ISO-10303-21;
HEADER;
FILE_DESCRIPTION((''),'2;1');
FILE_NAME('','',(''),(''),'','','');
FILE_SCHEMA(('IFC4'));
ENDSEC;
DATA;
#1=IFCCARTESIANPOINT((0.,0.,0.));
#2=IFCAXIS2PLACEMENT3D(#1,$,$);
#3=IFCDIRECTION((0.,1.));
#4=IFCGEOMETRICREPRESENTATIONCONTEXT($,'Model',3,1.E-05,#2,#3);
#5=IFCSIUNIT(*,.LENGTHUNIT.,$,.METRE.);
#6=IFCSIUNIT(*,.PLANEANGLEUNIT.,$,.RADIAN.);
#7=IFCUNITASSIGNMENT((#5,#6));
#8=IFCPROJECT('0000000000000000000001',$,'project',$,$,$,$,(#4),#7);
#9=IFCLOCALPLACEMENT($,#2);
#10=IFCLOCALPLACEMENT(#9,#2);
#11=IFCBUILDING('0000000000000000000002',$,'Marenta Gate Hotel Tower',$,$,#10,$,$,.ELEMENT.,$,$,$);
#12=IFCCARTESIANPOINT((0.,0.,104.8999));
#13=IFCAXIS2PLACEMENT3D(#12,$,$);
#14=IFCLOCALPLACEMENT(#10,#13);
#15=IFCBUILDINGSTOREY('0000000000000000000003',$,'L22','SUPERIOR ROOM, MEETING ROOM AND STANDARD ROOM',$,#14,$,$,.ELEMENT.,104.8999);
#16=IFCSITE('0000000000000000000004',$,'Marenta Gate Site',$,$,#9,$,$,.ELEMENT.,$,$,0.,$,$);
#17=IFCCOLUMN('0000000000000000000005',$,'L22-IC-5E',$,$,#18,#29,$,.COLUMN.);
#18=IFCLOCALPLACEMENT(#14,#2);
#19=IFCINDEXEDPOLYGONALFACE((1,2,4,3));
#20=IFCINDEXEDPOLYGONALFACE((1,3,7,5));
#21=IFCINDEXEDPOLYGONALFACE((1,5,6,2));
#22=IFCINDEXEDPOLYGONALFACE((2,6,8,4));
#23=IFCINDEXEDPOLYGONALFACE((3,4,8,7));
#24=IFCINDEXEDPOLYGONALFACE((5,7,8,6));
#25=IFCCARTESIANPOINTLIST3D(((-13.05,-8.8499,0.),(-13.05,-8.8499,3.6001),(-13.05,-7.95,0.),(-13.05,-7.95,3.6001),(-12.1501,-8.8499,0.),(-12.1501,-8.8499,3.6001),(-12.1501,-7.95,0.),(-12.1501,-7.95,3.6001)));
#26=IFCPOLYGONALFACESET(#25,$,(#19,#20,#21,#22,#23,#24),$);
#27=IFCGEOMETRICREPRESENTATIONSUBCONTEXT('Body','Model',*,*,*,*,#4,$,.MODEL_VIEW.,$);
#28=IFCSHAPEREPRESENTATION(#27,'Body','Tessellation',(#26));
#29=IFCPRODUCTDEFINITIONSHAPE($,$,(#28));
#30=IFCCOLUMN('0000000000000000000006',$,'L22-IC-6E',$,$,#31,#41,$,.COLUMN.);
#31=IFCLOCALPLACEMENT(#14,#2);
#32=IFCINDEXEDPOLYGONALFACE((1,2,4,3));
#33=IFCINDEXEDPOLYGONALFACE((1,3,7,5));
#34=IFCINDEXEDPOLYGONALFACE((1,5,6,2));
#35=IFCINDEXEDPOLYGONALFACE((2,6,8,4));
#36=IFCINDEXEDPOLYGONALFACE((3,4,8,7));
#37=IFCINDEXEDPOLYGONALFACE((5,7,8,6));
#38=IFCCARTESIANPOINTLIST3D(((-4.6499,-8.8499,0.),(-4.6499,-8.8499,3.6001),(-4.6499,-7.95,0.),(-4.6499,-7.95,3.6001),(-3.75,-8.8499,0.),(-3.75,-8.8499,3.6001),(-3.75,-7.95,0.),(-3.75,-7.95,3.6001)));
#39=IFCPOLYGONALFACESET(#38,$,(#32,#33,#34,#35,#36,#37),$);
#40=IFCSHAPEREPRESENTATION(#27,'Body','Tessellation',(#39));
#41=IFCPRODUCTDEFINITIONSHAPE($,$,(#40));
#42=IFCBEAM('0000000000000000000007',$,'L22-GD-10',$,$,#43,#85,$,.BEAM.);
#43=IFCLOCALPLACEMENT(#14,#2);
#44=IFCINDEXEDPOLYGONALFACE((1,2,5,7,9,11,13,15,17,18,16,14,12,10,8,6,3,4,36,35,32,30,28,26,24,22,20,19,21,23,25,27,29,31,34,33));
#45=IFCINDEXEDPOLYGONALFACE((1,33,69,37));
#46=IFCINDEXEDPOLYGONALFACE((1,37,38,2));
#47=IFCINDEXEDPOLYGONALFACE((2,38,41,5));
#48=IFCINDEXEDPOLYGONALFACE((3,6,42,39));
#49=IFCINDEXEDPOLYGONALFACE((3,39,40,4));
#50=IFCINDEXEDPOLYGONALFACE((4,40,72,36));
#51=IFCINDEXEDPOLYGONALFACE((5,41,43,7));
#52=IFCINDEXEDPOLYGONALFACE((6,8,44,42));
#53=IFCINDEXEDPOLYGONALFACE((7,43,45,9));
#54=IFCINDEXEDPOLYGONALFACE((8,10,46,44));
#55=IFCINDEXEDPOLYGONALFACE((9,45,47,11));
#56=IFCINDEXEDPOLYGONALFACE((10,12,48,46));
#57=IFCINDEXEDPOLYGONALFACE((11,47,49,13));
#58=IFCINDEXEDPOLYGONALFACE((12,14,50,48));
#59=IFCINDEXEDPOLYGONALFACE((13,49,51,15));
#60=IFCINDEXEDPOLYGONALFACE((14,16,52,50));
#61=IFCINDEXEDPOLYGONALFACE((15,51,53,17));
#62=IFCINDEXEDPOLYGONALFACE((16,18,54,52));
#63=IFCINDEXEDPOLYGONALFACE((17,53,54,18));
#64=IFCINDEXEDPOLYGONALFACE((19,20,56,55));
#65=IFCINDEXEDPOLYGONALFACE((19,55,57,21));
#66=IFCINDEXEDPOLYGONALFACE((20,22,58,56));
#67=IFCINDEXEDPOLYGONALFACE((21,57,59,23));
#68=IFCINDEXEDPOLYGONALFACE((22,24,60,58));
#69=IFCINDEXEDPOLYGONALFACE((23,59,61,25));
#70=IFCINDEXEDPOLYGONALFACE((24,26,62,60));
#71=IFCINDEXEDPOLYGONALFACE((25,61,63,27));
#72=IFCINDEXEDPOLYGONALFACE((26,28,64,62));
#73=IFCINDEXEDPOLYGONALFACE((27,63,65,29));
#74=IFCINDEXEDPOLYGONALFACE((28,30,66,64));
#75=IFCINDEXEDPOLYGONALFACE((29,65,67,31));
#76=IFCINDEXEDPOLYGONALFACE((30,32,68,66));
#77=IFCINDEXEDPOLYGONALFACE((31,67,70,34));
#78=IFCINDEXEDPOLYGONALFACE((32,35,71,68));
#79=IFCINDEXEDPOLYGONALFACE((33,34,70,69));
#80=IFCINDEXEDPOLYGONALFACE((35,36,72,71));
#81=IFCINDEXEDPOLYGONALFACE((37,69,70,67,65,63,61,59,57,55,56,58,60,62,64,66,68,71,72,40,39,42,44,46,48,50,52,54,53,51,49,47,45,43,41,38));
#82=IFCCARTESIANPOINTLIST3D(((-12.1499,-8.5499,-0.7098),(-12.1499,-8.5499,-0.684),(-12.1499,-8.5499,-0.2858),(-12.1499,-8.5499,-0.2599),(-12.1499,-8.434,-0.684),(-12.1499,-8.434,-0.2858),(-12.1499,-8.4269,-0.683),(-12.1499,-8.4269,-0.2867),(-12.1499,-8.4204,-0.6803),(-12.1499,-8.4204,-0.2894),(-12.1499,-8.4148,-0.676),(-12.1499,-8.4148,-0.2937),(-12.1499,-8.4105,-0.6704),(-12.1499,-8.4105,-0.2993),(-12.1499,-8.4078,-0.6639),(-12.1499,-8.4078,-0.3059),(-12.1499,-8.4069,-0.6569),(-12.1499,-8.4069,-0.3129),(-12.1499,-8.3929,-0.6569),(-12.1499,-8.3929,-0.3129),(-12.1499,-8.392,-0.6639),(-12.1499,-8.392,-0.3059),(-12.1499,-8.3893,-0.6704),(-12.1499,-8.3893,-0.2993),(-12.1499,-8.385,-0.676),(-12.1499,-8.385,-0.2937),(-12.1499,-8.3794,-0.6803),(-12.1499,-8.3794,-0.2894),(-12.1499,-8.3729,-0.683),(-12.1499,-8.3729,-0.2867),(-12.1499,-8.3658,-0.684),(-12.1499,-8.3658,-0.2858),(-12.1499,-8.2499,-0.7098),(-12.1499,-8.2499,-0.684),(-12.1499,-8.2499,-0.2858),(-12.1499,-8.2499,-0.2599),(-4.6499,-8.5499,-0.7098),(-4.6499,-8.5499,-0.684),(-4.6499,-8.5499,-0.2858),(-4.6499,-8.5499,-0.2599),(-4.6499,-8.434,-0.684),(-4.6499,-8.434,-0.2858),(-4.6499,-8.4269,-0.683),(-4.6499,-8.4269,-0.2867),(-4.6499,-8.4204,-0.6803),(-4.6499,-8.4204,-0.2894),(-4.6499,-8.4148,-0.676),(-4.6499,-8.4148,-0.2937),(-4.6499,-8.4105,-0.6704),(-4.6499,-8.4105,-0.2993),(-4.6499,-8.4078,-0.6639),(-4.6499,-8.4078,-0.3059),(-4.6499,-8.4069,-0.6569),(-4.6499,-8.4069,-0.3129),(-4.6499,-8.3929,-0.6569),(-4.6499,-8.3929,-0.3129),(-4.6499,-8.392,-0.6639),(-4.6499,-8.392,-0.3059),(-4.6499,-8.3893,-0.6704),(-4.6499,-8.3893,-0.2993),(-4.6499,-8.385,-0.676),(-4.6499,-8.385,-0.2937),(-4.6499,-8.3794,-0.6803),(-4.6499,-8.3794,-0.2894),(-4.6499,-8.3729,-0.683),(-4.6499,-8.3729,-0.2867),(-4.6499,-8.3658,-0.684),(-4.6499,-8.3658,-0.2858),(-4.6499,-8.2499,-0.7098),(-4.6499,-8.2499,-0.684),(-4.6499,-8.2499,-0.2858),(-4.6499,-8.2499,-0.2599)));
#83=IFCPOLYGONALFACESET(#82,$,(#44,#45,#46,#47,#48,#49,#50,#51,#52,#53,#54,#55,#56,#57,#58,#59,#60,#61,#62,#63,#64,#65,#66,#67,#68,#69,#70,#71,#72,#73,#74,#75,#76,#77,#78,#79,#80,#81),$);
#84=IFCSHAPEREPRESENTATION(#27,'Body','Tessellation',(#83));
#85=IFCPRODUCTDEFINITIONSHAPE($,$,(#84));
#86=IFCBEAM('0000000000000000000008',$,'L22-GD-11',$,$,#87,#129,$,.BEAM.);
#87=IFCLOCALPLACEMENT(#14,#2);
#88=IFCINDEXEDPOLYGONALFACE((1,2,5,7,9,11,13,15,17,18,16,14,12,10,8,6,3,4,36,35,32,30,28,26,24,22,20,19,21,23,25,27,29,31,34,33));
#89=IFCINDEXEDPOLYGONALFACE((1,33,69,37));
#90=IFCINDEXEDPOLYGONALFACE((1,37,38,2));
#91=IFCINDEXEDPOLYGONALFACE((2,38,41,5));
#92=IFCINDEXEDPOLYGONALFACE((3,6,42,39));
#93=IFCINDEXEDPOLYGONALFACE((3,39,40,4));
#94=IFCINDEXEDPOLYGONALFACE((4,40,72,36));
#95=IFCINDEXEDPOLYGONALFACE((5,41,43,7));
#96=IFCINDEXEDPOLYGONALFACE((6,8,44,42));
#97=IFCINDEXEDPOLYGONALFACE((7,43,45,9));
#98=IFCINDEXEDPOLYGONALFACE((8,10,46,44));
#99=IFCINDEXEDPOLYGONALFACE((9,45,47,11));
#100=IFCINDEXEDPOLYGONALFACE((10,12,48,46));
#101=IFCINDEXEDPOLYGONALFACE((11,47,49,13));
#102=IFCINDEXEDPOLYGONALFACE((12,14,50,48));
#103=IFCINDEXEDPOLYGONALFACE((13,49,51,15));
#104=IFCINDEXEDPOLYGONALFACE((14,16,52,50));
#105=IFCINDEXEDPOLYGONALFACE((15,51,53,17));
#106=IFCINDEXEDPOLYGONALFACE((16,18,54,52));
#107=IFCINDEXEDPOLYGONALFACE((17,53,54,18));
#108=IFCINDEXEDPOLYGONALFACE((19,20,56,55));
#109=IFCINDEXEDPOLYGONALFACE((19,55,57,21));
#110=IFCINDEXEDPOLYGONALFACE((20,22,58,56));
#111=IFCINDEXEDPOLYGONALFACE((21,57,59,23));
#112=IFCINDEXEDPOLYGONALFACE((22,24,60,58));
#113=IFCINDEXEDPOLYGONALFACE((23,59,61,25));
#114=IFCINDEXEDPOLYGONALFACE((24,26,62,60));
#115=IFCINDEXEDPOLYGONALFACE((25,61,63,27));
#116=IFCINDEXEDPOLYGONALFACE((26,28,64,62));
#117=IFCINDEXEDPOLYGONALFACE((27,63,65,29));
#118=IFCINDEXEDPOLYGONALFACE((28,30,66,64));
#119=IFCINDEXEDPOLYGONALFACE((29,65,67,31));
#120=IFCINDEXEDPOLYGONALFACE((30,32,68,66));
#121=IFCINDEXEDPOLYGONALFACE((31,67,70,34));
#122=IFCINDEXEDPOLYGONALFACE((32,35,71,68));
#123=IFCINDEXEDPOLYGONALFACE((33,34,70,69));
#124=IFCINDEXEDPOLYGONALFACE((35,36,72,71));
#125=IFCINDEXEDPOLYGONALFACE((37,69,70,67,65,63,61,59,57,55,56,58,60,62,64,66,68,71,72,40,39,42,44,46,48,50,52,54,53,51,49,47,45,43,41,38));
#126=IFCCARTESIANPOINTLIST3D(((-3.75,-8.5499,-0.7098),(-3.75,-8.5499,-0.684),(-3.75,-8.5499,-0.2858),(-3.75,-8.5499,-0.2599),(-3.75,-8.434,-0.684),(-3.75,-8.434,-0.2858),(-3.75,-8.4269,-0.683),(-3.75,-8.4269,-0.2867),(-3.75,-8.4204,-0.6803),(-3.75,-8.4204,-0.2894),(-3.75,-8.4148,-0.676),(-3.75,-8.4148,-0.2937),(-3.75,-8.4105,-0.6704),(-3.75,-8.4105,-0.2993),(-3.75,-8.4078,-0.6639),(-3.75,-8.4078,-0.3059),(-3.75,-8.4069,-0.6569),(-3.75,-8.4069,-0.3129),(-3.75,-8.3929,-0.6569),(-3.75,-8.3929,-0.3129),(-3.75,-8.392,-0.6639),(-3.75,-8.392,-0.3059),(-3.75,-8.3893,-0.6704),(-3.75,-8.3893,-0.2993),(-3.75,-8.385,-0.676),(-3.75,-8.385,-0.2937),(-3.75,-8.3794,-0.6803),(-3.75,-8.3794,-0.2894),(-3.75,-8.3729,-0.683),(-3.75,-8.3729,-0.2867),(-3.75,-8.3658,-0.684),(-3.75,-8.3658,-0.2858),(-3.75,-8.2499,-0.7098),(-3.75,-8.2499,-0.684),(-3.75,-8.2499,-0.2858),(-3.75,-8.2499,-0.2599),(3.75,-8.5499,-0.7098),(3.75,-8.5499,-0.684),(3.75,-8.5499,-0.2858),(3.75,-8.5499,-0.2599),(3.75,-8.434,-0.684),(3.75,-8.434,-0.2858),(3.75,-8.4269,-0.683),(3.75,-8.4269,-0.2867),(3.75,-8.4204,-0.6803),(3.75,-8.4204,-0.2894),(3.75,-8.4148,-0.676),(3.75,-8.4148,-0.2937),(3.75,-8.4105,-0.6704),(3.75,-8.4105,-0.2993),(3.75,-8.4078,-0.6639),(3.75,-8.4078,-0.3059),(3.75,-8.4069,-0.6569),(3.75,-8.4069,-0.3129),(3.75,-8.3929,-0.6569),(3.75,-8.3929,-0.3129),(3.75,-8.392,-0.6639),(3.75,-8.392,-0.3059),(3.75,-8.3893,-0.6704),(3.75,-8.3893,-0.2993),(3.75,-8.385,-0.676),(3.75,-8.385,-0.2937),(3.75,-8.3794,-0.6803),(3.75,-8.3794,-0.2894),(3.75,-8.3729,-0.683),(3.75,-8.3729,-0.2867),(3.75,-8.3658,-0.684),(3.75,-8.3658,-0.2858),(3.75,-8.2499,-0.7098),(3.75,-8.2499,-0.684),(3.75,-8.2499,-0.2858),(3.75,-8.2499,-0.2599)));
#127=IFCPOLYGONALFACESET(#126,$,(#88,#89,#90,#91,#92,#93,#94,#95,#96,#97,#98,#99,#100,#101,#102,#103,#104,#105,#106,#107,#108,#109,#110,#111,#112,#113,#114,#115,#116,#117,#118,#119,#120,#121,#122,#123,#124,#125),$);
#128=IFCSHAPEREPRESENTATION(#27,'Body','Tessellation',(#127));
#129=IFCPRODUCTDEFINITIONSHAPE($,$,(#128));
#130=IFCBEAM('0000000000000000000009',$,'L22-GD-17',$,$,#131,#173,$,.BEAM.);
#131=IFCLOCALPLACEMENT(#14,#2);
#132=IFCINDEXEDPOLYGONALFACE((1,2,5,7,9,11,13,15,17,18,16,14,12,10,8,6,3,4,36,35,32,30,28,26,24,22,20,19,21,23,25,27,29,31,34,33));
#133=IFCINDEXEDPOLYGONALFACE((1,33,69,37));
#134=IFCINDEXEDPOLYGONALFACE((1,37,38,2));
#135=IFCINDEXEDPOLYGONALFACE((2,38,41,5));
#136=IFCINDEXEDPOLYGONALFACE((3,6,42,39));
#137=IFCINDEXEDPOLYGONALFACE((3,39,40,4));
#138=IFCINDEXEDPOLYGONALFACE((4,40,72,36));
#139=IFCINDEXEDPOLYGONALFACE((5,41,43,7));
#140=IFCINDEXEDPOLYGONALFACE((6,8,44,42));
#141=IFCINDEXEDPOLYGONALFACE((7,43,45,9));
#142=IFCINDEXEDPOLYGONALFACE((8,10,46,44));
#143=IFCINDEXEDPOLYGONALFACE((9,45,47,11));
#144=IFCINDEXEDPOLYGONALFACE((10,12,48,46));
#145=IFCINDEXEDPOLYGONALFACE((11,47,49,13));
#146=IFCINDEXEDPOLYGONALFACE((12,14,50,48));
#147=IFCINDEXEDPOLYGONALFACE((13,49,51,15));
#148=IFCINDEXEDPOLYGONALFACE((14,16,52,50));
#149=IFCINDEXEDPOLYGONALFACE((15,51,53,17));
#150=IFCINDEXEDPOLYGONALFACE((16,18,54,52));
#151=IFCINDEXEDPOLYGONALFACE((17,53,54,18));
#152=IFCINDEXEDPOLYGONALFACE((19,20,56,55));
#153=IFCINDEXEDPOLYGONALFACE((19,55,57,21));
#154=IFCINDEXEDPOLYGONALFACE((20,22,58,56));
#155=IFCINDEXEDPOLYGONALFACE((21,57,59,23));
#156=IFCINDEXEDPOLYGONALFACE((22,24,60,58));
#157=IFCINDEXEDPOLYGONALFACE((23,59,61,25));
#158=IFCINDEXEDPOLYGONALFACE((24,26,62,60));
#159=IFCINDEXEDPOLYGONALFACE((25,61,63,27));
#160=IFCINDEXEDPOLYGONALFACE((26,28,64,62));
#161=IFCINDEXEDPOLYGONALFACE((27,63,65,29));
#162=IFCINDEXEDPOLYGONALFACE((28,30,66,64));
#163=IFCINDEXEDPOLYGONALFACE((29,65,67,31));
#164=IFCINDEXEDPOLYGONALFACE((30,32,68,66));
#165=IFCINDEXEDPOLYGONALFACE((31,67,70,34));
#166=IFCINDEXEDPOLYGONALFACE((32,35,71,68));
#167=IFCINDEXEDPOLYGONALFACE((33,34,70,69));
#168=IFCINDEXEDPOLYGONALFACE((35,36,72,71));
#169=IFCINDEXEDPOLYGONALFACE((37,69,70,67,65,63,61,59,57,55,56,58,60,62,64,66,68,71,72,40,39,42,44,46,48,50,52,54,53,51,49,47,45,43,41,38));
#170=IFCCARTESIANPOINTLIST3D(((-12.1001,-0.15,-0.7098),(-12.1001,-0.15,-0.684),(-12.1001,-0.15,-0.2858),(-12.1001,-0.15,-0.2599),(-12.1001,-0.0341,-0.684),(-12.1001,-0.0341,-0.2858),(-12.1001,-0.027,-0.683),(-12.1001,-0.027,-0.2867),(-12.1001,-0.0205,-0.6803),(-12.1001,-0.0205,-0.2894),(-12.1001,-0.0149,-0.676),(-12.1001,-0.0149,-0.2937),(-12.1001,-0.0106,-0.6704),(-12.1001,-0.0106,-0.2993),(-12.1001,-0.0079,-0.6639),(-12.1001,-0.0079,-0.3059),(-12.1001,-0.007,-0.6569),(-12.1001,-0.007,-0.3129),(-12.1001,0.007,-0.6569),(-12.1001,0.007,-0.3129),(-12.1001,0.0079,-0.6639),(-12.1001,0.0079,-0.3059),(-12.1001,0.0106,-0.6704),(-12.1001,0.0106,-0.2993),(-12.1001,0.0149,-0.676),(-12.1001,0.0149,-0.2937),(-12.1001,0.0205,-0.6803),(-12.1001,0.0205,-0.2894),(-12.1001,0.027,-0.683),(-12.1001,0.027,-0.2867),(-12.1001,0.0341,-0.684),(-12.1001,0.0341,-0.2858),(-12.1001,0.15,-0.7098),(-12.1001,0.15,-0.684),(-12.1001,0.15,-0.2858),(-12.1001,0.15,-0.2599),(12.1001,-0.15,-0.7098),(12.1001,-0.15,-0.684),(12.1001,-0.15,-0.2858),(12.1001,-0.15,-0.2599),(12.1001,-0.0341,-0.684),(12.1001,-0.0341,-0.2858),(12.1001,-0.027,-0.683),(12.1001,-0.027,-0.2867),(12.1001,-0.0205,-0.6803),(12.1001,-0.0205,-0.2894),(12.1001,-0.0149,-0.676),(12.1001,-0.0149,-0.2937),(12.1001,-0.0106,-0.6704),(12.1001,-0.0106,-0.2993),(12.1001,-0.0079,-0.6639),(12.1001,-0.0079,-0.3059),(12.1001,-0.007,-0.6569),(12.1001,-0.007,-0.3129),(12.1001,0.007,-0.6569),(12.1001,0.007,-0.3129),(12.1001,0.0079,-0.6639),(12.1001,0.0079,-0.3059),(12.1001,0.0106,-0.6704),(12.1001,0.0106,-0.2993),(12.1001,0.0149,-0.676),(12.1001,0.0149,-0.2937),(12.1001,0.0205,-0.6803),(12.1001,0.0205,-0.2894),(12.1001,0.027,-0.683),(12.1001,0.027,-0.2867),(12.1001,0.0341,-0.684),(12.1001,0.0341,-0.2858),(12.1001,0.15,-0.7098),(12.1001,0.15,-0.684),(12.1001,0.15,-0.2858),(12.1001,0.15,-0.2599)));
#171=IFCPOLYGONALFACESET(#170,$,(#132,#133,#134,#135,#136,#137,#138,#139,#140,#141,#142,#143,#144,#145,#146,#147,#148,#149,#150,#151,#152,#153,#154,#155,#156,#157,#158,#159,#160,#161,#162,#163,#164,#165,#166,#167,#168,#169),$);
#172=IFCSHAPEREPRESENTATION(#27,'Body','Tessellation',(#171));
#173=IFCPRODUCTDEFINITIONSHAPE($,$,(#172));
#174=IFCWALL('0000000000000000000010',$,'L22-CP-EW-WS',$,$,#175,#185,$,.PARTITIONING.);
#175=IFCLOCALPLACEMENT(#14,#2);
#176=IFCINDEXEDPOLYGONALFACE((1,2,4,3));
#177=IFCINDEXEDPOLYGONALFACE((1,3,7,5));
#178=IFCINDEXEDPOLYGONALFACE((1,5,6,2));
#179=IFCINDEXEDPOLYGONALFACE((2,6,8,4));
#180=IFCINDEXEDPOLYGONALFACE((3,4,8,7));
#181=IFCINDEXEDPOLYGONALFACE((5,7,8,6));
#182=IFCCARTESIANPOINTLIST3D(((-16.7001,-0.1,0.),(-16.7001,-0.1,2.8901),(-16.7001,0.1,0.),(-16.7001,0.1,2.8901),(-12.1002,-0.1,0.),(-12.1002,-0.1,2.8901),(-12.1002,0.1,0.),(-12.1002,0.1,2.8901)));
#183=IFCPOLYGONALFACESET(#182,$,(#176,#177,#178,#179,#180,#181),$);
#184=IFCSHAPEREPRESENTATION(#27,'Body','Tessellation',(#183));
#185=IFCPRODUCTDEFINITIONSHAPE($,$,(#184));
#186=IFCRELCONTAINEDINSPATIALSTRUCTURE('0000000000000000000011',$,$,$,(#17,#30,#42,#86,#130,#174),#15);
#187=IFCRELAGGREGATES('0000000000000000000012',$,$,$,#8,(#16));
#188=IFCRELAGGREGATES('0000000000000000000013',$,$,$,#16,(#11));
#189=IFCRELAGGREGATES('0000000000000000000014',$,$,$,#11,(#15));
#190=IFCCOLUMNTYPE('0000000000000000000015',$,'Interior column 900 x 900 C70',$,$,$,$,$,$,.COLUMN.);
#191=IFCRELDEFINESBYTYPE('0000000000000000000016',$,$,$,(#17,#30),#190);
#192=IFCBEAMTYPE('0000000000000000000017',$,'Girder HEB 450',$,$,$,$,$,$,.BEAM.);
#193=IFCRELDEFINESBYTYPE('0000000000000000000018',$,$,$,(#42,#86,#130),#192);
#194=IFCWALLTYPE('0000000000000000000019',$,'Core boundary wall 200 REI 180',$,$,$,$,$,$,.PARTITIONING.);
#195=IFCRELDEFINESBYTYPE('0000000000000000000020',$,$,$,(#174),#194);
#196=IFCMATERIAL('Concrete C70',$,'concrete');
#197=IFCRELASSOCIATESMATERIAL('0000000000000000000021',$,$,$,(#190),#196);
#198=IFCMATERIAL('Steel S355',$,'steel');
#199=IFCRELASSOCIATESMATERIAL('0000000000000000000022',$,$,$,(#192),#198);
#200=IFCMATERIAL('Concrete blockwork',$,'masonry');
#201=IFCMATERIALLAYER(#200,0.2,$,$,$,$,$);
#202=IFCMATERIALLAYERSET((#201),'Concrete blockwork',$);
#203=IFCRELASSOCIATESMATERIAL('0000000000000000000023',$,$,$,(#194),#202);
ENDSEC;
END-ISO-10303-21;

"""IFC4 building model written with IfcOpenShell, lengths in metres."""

from ifc_helpers import new_model, si_unit, direction, frame, frame_2d, origin, origin_2d, place, context, subcontext, project, spatial, rectangle, i_section, extrude, material, layer, layer_set, material_profile, profile_set, type_object, element, save


model = new_model("IFC4")

# Units and contexts
model_context = context("Model", 3, precision=1e-05, world=origin(), true_north=direction((0.0, 1.0)))
body_context = subcontext(model_context, "Body", "Model", "MODEL_VIEW")
ifc_project = project(units=[si_unit("LENGTHUNIT", "METRE"), si_unit("PLANEANGLEUNIT", "RADIAN")], contexts=[model_context])

# Site, building, storey
site_placement = place(None, origin())
site = spatial("IfcSite", under=ifc_project, at=site_placement, Name="Marenta Gate Site", CompositionType="ELEMENT", RefElevation=0.0)
building_placement = place(site_placement, origin())
building = spatial("IfcBuilding", under=site, at=building_placement, Name="Marenta Gate Hotel Tower", CompositionType="ELEMENT")
storey_placement = place(building_placement, frame((0.0, 0.0, 104.8999)))
storey = spatial("IfcBuildingStorey", under=building, at=storey_placement, Name="L22", Description="SUPERIOR ROOM, MEETING ROOM AND STANDARD ROOM", CompositionType="ELEMENT", Elevation=104.8999)

# Columns
ifc_material_1 = material(Name="Concrete C70", Category="concrete")
ifc_material_profile_1 = material_profile(ifc_material_1, rectangle(XDim=0.8999, YDim=0.8999, at=origin_2d()), Name="900 x 900")
ifc_profile_set_1 = profile_set([ifc_material_profile_1], Name="Concrete C70")
column_type = type_object("IfcColumnType", Name="Interior column 900 x 900 C70", PredefinedType="COLUMN", material=ifc_profile_set_1)
for number, where, z_axis, x_axis, name in (
    (1, (-12.6001, -8.3999, 0.0), (0.0, 0.0, 1.0), (1.0, 0.0, 0.0), "L22-IC-5E"),
    (2, (-4.2, -8.3999, 0.0), (0.0, 0.0, 1.0), (1.0, 0.0, 0.0), "L22-IC-6E"),
):
    element("IfcColumn", number, at=place(storey_placement, frame(where, z_axis=z_axis, x_axis=x_axis)), inside=storey, type_object=column_type, Name=name, PredefinedType="COLUMN", context=body_context, shape_type="SweptSolid", body=[
        extrude(rectangle(XDim=0.8999, YDim=0.8999, at=origin_2d()), origin(), (0.0, 0.0, 1.0), 3.6001),
    ])

# Beams
ifc_material_2 = material(Name="Steel S355", Category="steel")
ifc_material_profile_2 = material_profile(ifc_material_2, i_section(OverallWidth=0.3, OverallDepth=0.45, WebThickness=0.0139, FlangeThickness=0.0259, FilletRadius=0.0271, at=origin_2d()), Name="HEB 450")
ifc_profile_set_2 = profile_set([ifc_material_profile_2], Name="Steel S355")
beam_type = type_object("IfcBeamType", Name="Girder HEB 450", PredefinedType="BEAM", material=ifc_profile_set_2)
for number, where, z_axis, x_axis, name in (
    (3, (-12.1499, -8.3999, -0.4849), (1.0, 0.0, 0.0), (0.0, 1.0, 0.0), "L22-GD-10"),
    (4, (-3.75, -8.3999, -0.4849), (1.0, 0.0, 0.0), (0.0, 1.0, 0.0), "L22-GD-11"),
):
    element("IfcBeam", number, at=place(storey_placement, frame(where, z_axis=z_axis, x_axis=x_axis)), inside=storey, type_object=beam_type, Name=name, PredefinedType="BEAM", context=body_context, shape_type="SweptSolid", body=[
        extrude(i_section(OverallWidth=0.3, OverallDepth=0.45, WebThickness=0.0139, FlangeThickness=0.0259, FilletRadius=0.0271, at=origin_2d()), origin(), (0.0, 0.0, 1.0), 7.5),
    ])
beam_placement = place(storey_placement, frame((-12.1001, 0.0, -0.4849), z_axis=(1.0, 0.0, 0.0), x_axis=(0.0, 1.0, 0.0)))
element("IfcBeam", 5, at=beam_placement, inside=storey, type_object=beam_type, Name="L22-GD-17", PredefinedType="BEAM", context=body_context, shape_type="SweptSolid", body=[
    extrude(i_section(OverallWidth=0.3, OverallDepth=0.45, WebThickness=0.0139, FlangeThickness=0.0259, FilletRadius=0.0271, at=origin_2d()), origin(), (0.0, 0.0, 1.0), 24.2002),
])

# Wall
ifc_material_3 = material(Name="Concrete blockwork", Category="masonry")
ifc_layer_1 = layer(ifc_material_3, 0.2)
ifc_layer_set_1 = layer_set([ifc_layer_1], Name="Concrete blockwork")
wall_type_1 = type_object("IfcWallType", Name="Core boundary wall 200 REI 180", PredefinedType="PARTITIONING", material=ifc_layer_set_1)
wall_1_placement = place(storey_placement, frame((-16.7, 0.0, 0.0), z_axis=(0.0, 0.0, 1.0), x_axis=(1.0, 0.0, 0.0)))
element("IfcWall", 6, at=wall_1_placement, inside=storey, type_object=wall_type_1, Name="L22-CP-EW-WS", PredefinedType="PARTITIONING", context=body_context, shape_type="SweptSolid", body=[
    extrude(rectangle(XDim=4.5999, YDim=0.2, at=frame_2d((2.2998, 0.0))), origin(), (0.0, 0.0, 1.0), 2.8901),
])

save(model, "model.ifc")
